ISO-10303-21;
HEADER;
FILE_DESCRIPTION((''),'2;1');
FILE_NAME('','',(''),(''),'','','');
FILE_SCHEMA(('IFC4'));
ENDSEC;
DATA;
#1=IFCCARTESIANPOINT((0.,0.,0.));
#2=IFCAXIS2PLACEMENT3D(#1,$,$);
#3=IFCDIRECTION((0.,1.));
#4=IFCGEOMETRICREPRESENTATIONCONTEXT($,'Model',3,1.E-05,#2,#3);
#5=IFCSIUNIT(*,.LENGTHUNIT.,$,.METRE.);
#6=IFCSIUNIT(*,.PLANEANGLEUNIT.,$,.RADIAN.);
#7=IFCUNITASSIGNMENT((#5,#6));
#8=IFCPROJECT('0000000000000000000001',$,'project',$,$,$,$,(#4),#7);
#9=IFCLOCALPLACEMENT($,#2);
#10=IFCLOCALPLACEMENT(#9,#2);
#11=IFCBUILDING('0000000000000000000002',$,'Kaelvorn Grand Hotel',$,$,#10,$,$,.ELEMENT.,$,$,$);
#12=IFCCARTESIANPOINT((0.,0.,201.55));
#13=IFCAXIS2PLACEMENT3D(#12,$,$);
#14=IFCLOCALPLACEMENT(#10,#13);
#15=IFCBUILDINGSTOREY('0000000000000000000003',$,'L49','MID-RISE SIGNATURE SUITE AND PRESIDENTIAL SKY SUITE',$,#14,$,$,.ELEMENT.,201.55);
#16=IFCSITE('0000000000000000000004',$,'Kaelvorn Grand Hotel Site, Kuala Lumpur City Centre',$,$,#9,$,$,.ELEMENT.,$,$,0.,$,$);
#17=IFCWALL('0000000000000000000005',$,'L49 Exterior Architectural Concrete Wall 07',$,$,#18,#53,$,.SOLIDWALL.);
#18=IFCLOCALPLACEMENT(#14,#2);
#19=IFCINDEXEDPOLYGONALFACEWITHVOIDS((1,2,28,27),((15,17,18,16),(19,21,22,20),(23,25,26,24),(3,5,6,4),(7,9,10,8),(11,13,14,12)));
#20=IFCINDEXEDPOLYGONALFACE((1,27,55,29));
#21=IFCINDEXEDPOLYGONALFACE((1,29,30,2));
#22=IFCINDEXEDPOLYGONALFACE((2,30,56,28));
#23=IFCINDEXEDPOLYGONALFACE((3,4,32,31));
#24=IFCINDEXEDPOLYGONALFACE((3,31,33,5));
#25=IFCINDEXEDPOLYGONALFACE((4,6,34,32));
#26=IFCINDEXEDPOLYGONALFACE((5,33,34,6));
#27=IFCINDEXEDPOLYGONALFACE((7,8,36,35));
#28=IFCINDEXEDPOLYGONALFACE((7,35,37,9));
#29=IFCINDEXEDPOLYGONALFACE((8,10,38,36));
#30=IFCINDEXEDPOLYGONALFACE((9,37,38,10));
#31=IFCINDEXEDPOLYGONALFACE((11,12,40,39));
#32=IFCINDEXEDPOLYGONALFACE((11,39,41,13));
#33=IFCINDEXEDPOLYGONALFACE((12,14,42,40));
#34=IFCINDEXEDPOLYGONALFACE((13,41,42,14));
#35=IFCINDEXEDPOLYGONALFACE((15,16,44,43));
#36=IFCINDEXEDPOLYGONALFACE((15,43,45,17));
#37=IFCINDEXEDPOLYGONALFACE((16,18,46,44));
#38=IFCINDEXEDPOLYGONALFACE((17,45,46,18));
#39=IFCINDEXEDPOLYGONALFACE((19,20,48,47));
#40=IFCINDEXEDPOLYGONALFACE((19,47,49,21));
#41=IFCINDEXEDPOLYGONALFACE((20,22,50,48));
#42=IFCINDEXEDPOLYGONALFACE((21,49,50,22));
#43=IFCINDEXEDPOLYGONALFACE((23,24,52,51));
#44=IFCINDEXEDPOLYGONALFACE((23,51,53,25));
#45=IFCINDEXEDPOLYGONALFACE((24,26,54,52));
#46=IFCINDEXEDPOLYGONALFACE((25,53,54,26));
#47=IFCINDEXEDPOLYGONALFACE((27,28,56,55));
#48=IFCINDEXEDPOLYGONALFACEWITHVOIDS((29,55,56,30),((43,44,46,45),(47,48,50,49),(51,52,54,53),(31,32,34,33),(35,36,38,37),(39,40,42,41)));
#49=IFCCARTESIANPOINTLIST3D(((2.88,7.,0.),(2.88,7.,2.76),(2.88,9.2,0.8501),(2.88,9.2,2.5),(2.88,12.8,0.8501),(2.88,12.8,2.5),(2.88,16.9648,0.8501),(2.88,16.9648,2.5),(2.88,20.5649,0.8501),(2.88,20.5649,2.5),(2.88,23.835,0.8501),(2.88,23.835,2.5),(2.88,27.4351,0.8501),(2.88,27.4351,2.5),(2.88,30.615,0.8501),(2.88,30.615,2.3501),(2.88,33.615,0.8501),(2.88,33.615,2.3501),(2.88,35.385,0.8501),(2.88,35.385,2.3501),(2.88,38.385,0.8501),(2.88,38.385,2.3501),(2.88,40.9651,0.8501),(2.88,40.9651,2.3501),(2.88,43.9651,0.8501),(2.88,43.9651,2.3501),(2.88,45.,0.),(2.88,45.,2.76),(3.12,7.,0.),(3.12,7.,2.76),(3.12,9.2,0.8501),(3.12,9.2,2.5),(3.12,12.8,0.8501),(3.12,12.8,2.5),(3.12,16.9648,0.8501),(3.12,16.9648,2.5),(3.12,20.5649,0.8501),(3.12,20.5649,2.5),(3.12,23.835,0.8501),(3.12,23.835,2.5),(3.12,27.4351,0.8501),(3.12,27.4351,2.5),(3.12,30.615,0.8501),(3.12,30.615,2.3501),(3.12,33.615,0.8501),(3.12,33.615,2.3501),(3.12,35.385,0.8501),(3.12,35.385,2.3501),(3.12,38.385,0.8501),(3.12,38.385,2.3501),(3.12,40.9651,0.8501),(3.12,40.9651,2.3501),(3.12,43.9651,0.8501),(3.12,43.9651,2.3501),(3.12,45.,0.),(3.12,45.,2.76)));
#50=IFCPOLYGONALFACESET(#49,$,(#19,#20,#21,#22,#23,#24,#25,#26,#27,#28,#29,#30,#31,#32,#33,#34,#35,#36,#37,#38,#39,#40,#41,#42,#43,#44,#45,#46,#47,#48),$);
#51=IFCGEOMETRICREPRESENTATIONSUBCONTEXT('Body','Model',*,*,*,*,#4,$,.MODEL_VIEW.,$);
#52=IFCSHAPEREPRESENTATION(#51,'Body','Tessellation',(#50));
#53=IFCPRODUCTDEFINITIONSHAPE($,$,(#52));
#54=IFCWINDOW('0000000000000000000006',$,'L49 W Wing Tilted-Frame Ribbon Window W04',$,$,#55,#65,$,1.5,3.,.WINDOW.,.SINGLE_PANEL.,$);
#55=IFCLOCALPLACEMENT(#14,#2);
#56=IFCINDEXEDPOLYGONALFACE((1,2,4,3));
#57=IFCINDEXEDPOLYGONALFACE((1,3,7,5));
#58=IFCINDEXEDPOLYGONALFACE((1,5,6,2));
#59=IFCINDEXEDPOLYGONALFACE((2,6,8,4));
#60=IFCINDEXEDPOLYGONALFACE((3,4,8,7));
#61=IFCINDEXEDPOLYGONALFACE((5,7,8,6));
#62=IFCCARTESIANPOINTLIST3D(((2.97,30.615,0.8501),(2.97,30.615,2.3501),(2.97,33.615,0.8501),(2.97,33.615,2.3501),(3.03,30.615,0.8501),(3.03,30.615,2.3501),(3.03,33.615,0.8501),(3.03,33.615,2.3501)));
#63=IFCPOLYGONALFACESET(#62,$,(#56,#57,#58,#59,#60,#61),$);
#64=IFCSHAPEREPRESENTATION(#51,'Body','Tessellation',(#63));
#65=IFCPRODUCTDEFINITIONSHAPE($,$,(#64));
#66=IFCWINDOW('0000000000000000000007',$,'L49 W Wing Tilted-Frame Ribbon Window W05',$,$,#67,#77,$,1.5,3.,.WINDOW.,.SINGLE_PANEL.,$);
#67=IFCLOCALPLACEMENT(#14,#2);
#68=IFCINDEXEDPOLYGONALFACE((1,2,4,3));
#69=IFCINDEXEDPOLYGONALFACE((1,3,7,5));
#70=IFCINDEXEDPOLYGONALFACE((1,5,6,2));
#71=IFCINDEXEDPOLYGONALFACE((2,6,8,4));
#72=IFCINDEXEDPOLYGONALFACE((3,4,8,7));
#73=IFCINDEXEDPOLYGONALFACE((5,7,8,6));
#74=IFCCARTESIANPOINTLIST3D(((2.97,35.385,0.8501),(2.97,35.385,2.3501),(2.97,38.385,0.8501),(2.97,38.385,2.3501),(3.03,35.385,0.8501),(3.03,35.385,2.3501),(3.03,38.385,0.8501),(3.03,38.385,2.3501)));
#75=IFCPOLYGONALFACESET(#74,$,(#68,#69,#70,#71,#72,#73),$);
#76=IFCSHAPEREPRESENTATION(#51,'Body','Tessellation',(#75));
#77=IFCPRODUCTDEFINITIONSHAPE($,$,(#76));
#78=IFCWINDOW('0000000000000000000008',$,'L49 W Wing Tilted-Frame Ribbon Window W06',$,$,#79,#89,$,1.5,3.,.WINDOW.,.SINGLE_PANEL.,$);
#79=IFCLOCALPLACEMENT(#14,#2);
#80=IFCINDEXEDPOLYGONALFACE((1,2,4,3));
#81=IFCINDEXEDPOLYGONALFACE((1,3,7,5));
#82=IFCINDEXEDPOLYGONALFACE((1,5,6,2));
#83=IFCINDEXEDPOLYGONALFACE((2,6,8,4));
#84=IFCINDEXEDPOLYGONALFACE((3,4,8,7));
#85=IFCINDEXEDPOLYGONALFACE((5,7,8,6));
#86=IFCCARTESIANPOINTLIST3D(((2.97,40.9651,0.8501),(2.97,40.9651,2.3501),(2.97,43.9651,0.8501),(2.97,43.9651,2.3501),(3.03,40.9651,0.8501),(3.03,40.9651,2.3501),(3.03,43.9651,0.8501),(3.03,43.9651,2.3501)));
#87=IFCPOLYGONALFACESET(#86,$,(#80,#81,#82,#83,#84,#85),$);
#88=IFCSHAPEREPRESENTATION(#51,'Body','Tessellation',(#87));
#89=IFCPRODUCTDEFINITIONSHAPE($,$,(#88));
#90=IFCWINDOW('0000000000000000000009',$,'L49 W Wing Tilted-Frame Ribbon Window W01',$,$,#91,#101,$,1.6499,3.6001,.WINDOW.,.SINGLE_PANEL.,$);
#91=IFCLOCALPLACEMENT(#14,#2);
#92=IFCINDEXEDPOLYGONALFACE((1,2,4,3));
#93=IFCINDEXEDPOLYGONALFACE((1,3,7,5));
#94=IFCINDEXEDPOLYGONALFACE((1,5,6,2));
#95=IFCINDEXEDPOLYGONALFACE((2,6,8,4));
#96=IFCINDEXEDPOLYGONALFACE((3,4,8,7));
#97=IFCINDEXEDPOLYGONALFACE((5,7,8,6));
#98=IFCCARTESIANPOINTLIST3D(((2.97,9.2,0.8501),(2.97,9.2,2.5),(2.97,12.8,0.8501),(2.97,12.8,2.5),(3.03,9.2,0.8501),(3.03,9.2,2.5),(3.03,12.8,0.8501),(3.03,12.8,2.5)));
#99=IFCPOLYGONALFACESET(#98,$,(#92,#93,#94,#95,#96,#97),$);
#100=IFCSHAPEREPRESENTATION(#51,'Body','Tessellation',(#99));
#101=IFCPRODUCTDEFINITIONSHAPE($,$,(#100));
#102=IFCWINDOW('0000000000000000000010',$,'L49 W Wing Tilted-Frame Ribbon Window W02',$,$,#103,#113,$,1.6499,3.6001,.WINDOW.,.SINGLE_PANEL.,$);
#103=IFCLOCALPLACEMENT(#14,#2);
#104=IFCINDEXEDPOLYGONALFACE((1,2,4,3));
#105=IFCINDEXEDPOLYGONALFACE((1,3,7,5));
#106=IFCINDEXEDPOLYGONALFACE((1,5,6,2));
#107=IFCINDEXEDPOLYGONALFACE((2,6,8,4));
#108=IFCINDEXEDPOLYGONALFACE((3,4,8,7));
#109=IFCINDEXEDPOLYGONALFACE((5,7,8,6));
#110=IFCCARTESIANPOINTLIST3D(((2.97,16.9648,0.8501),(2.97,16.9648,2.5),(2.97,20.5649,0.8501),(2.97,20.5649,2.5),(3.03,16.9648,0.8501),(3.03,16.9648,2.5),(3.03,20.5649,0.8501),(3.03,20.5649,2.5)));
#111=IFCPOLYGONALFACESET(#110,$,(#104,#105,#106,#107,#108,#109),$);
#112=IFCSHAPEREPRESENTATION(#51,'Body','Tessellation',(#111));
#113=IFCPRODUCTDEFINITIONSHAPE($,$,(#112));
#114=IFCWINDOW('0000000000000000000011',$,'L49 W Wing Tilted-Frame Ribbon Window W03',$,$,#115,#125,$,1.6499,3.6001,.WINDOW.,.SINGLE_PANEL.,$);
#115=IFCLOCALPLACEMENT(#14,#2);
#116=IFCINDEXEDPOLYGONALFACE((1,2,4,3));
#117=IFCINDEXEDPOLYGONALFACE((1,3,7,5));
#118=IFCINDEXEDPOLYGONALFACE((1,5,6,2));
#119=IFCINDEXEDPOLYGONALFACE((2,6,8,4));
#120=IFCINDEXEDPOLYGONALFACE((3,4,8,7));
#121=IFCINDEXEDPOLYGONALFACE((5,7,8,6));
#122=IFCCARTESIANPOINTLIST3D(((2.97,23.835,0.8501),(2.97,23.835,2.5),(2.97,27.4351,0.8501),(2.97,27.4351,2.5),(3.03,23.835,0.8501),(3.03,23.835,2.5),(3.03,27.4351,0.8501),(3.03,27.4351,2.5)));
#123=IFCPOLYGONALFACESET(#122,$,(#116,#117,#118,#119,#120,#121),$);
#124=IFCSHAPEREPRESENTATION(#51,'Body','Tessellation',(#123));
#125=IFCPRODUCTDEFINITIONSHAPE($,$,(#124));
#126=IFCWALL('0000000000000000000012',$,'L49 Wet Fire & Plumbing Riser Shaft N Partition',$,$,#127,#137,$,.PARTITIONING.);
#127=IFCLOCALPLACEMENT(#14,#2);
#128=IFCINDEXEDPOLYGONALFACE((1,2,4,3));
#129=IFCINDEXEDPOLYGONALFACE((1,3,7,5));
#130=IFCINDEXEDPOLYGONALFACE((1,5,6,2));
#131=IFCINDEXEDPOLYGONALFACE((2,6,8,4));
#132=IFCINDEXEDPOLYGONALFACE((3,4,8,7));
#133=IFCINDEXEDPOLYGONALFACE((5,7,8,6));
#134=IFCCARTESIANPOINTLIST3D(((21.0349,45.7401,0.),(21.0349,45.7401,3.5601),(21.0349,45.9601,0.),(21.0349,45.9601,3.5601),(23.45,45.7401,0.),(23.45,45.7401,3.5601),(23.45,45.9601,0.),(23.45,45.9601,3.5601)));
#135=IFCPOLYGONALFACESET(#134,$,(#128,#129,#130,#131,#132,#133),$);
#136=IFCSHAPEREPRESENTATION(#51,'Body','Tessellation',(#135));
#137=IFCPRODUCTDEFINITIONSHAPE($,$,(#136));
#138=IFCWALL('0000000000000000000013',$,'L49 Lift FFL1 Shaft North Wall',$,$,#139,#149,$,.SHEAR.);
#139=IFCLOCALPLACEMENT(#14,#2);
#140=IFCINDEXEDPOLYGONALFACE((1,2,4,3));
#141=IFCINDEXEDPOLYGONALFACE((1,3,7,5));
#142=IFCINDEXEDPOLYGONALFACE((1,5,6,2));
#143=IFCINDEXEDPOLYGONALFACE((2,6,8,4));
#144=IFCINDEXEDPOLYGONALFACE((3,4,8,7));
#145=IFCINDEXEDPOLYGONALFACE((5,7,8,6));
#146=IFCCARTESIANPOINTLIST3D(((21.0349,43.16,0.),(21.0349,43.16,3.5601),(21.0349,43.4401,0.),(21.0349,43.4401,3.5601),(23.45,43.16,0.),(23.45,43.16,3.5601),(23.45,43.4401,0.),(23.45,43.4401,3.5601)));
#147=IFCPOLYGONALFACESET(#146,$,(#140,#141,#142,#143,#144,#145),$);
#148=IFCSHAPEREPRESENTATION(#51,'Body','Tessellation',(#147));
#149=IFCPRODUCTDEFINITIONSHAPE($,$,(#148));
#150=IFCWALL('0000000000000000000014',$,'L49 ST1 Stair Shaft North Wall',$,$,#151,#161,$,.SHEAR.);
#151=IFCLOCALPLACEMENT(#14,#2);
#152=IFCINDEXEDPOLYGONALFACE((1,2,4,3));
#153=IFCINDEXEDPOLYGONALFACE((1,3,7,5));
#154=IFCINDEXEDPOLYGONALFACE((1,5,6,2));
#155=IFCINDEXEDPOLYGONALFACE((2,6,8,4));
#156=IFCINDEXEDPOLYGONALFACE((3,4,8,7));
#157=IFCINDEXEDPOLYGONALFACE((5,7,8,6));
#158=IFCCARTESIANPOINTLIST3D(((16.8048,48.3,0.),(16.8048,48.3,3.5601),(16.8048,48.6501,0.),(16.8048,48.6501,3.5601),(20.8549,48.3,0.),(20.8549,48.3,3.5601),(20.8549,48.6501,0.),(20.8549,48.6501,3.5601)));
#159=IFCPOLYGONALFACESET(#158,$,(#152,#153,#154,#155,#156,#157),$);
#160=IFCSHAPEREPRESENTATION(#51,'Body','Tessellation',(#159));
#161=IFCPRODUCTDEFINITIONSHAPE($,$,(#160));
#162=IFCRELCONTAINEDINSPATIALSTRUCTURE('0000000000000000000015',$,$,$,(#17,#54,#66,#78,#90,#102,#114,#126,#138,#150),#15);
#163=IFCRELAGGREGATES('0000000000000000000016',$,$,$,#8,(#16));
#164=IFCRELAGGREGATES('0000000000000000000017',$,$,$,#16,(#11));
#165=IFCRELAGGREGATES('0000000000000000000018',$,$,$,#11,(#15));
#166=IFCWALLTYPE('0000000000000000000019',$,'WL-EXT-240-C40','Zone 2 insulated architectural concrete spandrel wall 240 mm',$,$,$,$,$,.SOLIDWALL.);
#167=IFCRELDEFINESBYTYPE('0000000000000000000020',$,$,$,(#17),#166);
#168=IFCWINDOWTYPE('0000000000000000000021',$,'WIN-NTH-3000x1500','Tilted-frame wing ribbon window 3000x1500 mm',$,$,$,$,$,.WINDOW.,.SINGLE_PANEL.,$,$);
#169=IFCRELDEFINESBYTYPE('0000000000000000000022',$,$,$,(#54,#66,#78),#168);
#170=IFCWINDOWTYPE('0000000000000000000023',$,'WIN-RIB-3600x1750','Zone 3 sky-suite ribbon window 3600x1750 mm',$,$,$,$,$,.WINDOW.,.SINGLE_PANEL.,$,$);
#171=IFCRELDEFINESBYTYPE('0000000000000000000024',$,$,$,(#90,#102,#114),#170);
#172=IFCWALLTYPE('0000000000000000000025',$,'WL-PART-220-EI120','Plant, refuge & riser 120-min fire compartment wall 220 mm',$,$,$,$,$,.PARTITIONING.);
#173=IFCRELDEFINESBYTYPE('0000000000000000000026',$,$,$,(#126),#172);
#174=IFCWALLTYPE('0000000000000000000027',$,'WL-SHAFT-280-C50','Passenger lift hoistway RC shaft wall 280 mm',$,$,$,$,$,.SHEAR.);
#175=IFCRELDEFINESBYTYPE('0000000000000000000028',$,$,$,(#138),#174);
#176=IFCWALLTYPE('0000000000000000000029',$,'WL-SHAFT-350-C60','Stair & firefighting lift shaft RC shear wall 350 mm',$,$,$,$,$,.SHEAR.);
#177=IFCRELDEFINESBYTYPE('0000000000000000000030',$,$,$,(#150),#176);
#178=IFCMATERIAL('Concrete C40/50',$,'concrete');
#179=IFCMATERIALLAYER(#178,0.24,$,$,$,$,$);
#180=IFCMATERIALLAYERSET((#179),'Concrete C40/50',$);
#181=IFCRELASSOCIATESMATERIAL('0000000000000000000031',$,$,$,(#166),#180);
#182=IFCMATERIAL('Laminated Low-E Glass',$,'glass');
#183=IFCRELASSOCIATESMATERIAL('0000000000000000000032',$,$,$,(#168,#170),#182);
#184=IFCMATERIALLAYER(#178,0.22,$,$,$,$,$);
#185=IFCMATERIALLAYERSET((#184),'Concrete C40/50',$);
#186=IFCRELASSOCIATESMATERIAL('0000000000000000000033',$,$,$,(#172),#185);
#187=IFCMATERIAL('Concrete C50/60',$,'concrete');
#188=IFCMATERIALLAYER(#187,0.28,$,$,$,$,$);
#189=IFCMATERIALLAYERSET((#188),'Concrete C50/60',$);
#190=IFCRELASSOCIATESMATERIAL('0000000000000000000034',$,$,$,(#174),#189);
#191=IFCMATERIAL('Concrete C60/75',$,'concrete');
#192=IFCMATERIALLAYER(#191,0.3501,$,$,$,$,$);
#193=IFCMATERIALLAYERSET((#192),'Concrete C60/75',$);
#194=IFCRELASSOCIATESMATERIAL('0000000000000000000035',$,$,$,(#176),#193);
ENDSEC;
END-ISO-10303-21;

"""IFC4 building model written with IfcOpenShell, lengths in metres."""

from ifc_helpers import new_model, si_unit, direction, frame, frame_2d, origin, place, context, subcontext, project, spatial, rectangle, extrude, material, layer, layer_set, type_object, element, fill, save


model = new_model("IFC4")

# Units and contexts
model_context = context("Model", 3, precision=1e-05, world=origin(), true_north=direction((0.0, 1.0)))
body_context = subcontext(model_context, "Body", "Model", "MODEL_VIEW")
ifc_project = project(units=[si_unit("LENGTHUNIT", "METRE"), si_unit("PLANEANGLEUNIT", "RADIAN")], contexts=[model_context])

# Site, building, storey
site_placement = place(None, origin())
site = spatial("IfcSite", under=ifc_project, at=site_placement, Name="Kaelvorn Grand Hotel Site, Kuala Lumpur City Centre", CompositionType="ELEMENT", RefElevation=0.0)
building_placement = place(site_placement, origin())
building = spatial("IfcBuilding", under=site, at=building_placement, Name="Kaelvorn Grand Hotel", CompositionType="ELEMENT")
storey_placement = place(building_placement, frame((0.0, 0.0, 201.55)))
storey = spatial("IfcBuildingStorey", under=building, at=storey_placement, Name="L49", Description="MID-RISE SIGNATURE SUITE AND PRESIDENTIAL SKY SUITE", CompositionType="ELEMENT", Elevation=201.55)

# Shared definitions
ifc_material_1 = material(Name="Concrete C60/75", Category="concrete")

# Shared definitions
ifc_material_2 = material(Name="Concrete C50/60", Category="concrete")

# Shared definitions
ifc_material_3 = material(Name="Concrete C40/50", Category="concrete")
ifc_layer_1 = layer(ifc_material_3, 0.24)
ifc_layer_set_1 = layer_set([ifc_layer_1], Name="Concrete C40/50")
wall_type_1 = type_object("IfcWallType", Name="WL-EXT-240-C40", Description="Zone 2 insulated architectural concrete spandrel wall 240 mm", PredefinedType="SOLIDWALL", material=ifc_layer_set_1)
ifc_material_4 = material(Name="Laminated Low-E Glass", Category="glass")

# Wall, openings, windows
wall_1_placement = place(storey_placement, frame((3.0, 45.0, 0.0), z_axis=(0.0, 0.0, 1.0), x_axis=(0.0, -1.0, 0.0)))
wall_1 = element("IfcWall", 1, at=wall_1_placement, inside=storey, type_object=wall_type_1, Name="L49 Exterior Architectural Concrete Wall 07", PredefinedType="SOLIDWALL", context=body_context, shape_type="SweptSolid", body=[
    extrude(rectangle(XDim=38.0, YDim=0.24, at=frame_2d((19.0, 0.0))), origin(), (0.0, 0.0, 1.0), 2.76),
])
opening_1_placement = place(wall_1_placement, frame((32.2, 0.0, 0.8501)))
opening_1 = element("IfcOpeningElement", 2, at=opening_1_placement, cuts=wall_1, PredefinedType="OPENING", context=body_context, shape_type="SweptSolid", body=[
    extrude(rectangle(XDim=3.6001, YDim=1.6499, at=frame_2d((1.8, 0.825))), frame((0.0, 0.1299, 0.0), z_axis=(0.0, -1.0, 0.0), x_axis=(1.0, 0.0, 0.0)), (0.0, 0.0, 1.0), 0.26),
])
opening_2_placement = place(wall_1_placement, frame((24.4351, 0.0, 0.8501)))
opening_2 = element("IfcOpeningElement", 3, at=opening_2_placement, cuts=wall_1, PredefinedType="OPENING", context=body_context, shape_type="SweptSolid", body=[
    extrude(rectangle(XDim=3.6001, YDim=1.6499, at=frame_2d((1.8, 0.825))), frame((0.0, 0.1299, 0.0), z_axis=(0.0, -1.0, 0.0), x_axis=(1.0, 0.0, 0.0)), (0.0, 0.0, 1.0), 0.26),
])
opening_3_placement = place(wall_1_placement, frame((17.5649, 0.0, 0.8501)))
opening_3 = element("IfcOpeningElement", 4, at=opening_3_placement, cuts=wall_1, PredefinedType="OPENING", context=body_context, shape_type="SweptSolid", body=[
    extrude(rectangle(XDim=3.6001, YDim=1.6499, at=frame_2d((1.8, 0.825))), frame((0.0, 0.1299, 0.0), z_axis=(0.0, -1.0, 0.0), x_axis=(1.0, 0.0, 0.0)), (0.0, 0.0, 1.0), 0.26),
])
opening_4_placement = place(wall_1_placement, frame((11.385, 0.0, 0.8501)))
opening_4 = element("IfcOpeningElement", 5, at=opening_4_placement, cuts=wall_1, PredefinedType="OPENING", context=body_context, shape_type="SweptSolid", body=[
    extrude(rectangle(XDim=3.0, YDim=1.5, at=frame_2d((1.5, 0.75))), frame((0.0, 0.1299, 0.0), z_axis=(0.0, -1.0, 0.0), x_axis=(1.0, 0.0, 0.0)), (0.0, 0.0, 1.0), 0.26),
])
opening_5_placement = place(wall_1_placement, frame((6.615, 0.0, 0.8501)))
opening_5 = element("IfcOpeningElement", 6, at=opening_5_placement, cuts=wall_1, PredefinedType="OPENING", context=body_context, shape_type="SweptSolid", body=[
    extrude(rectangle(XDim=3.0, YDim=1.5, at=frame_2d((1.5, 0.75))), frame((0.0, 0.1299, 0.0), z_axis=(0.0, -1.0, 0.0), x_axis=(1.0, 0.0, 0.0)), (0.0, 0.0, 1.0), 0.26),
])
opening_6_placement = place(wall_1_placement, frame((1.0349, 0.0, 0.8501)))
opening_6 = element("IfcOpeningElement", 7, at=opening_6_placement, cuts=wall_1, PredefinedType="OPENING", context=body_context, shape_type="SweptSolid", body=[
    extrude(rectangle(XDim=3.0, YDim=1.5, at=frame_2d((1.5, 0.75))), frame((0.0, 0.1299, 0.0), z_axis=(0.0, -1.0, 0.0), x_axis=(1.0, 0.0, 0.0)), (0.0, 0.0, 1.0), 0.26),
])
window_type_1 = type_object("IfcWindowType", Name="WIN-NTH-3000x1500", Description="Tilted-frame wing ribbon window 3000x1500 mm", PartitioningType="SINGLE_PANEL", PredefinedType="WINDOW", material=ifc_material_4)
window_1_placement = place(opening_4_placement, origin())
window_1 = element("IfcWindow", 8, at=window_1_placement, inside=storey, type_object=window_type_1, Name="L49 W Wing Tilted-Frame Ribbon Window W04", OverallHeight=1.5, OverallWidth=3.0, PartitioningType="SINGLE_PANEL", PredefinedType="WINDOW", context=body_context, shape_type="SweptSolid", body=[
    extrude(rectangle(XDim=3.0, YDim=1.5, at=frame_2d((1.5, 0.75))), frame((0.0, 0.03, 0.0), z_axis=(0.0, -1.0, 0.0), x_axis=(1.0, 0.0, 0.0)), (0.0, 0.0, 1.0), 0.0601),
])
fill(opening_4, window_1)
window_2_placement = place(opening_5_placement, origin())
window_2 = element("IfcWindow", 9, at=window_2_placement, inside=storey, type_object=window_type_1, Name="L49 W Wing Tilted-Frame Ribbon Window W05", OverallHeight=1.5, OverallWidth=3.0, PartitioningType="SINGLE_PANEL", PredefinedType="WINDOW", context=body_context, shape_type="SweptSolid", body=[
    extrude(rectangle(XDim=3.0, YDim=1.5, at=frame_2d((1.5, 0.75))), frame((0.0, 0.03, 0.0), z_axis=(0.0, -1.0, 0.0), x_axis=(1.0, 0.0, 0.0)), (0.0, 0.0, 1.0), 0.0601),
])
fill(opening_5, window_2)
window_3_placement = place(opening_6_placement, origin())
window_3 = element("IfcWindow", 10, at=window_3_placement, inside=storey, type_object=window_type_1, Name="L49 W Wing Tilted-Frame Ribbon Window W06", OverallHeight=1.5, OverallWidth=3.0, PartitioningType="SINGLE_PANEL", PredefinedType="WINDOW", context=body_context, shape_type="SweptSolid", body=[
    extrude(rectangle(XDim=3.0, YDim=1.5, at=frame_2d((1.5, 0.75))), frame((0.0, 0.03, 0.0), z_axis=(0.0, -1.0, 0.0), x_axis=(1.0, 0.0, 0.0)), (0.0, 0.0, 1.0), 0.0601),
])
fill(opening_6, window_3)
window_type_2 = type_object("IfcWindowType", Name="WIN-RIB-3600x1750", Description="Zone 3 sky-suite ribbon window 3600x1750 mm", PartitioningType="SINGLE_PANEL", PredefinedType="WINDOW", material=ifc_material_4)
window_4_placement = place(opening_1_placement, origin())
window_4 = element("IfcWindow", 11, at=window_4_placement, inside=storey, type_object=window_type_2, Name="L49 W Wing Tilted-Frame Ribbon Window W01", OverallHeight=1.6499, OverallWidth=3.6001, PartitioningType="SINGLE_PANEL", PredefinedType="WINDOW", context=body_context, shape_type="SweptSolid", body=[
    extrude(rectangle(XDim=3.6001, YDim=1.6499, at=frame_2d((1.8, 0.825))), frame((0.0, 0.03, 0.0), z_axis=(0.0, -1.0, 0.0), x_axis=(1.0, 0.0, 0.0)), (0.0, 0.0, 1.0), 0.0601),
])
fill(opening_1, window_4)
window_5_placement = place(opening_2_placement, origin())
window_5 = element("IfcWindow", 12, at=window_5_placement, inside=storey, type_object=window_type_2, Name="L49 W Wing Tilted-Frame Ribbon Window W02", OverallHeight=1.6499, OverallWidth=3.6001, PartitioningType="SINGLE_PANEL", PredefinedType="WINDOW", context=body_context, shape_type="SweptSolid", body=[
    extrude(rectangle(XDim=3.6001, YDim=1.6499, at=frame_2d((1.8, 0.825))), frame((0.0, 0.03, 0.0), z_axis=(0.0, -1.0, 0.0), x_axis=(1.0, 0.0, 0.0)), (0.0, 0.0, 1.0), 0.0601),
])
fill(opening_2, window_5)
window_6_placement = place(opening_3_placement, origin())
window_6 = element("IfcWindow", 13, at=window_6_placement, inside=storey, type_object=window_type_2, Name="L49 W Wing Tilted-Frame Ribbon Window W03", OverallHeight=1.6499, OverallWidth=3.6001, PartitioningType="SINGLE_PANEL", PredefinedType="WINDOW", context=body_context, shape_type="SweptSolid", body=[
    extrude(rectangle(XDim=3.6001, YDim=1.6499, at=frame_2d((1.8, 0.825))), frame((0.0, 0.03, 0.0), z_axis=(0.0, -1.0, 0.0), x_axis=(1.0, 0.0, 0.0)), (0.0, 0.0, 1.0), 0.0601),
])
fill(opening_3, window_6)

# Walls
ifc_layer_2 = layer(ifc_material_3, 0.22)
ifc_layer_set_2 = layer_set([ifc_layer_2], Name="Concrete C40/50")
wall_type_2 = type_object("IfcWallType", Name="WL-PART-220-EI120", Description="Plant, refuge & riser 120-min fire compartment wall 220 mm", PredefinedType="PARTITIONING", material=ifc_layer_set_2)
wall_2_placement = place(storey_placement, frame((21.0349, 45.8501, 0.0), z_axis=(0.0, 0.0, 1.0), x_axis=(1.0, 0.0, 0.0)))
element("IfcWall", 14, at=wall_2_placement, inside=storey, type_object=wall_type_2, Name="L49 Wet Fire & Plumbing Riser Shaft N Partition", PredefinedType="PARTITIONING", context=body_context, shape_type="SweptSolid", body=[
    extrude(rectangle(XDim=2.415, YDim=0.22, at=frame_2d((1.2075, 0.0))), origin(), (0.0, 0.0, 1.0), 3.5601),
])
ifc_layer_3 = layer(ifc_material_2, 0.28)
ifc_layer_set_3 = layer_set([ifc_layer_3], Name="Concrete C50/60")
wall_type_3 = type_object("IfcWallType", Name="WL-SHAFT-280-C50", Description="Passenger lift hoistway RC shaft wall 280 mm", PredefinedType="SHEAR", material=ifc_layer_set_3)
wall_3_placement = place(storey_placement, frame((21.0349, 43.3, 0.0), z_axis=(0.0, 0.0, 1.0), x_axis=(1.0, 0.0, 0.0)))
element("IfcWall", 15, at=wall_3_placement, inside=storey, type_object=wall_type_3, Name="L49 Lift FFL1 Shaft North Wall", PredefinedType="SHEAR", context=body_context, shape_type="SweptSolid", body=[
    extrude(rectangle(XDim=2.415, YDim=0.28, at=frame_2d((1.2075, 0.0))), origin(), (0.0, 0.0, 1.0), 3.5601),
])
ifc_layer_4 = layer(ifc_material_1, 0.3501)
ifc_layer_set_4 = layer_set([ifc_layer_4], Name="Concrete C60/75")
wall_type_4 = type_object("IfcWallType", Name="WL-SHAFT-350-C60", Description="Stair & firefighting lift shaft RC shear wall 350 mm", PredefinedType="SHEAR", material=ifc_layer_set_4)
wall_4_placement = place(storey_placement, frame((16.8049, 48.4751, 0.0), z_axis=(0.0, 0.0, 1.0), x_axis=(1.0, 0.0, 0.0)))
element("IfcWall", 16, at=wall_4_placement, inside=storey, type_object=wall_type_4, Name="L49 ST1 Stair Shaft North Wall", PredefinedType="SHEAR", context=body_context, shape_type="SweptSolid", body=[
    extrude(rectangle(XDim=4.05, YDim=0.3501, at=frame_2d((2.0249, 0.0))), origin(), (0.0, 0.0, 1.0), 3.5601),
])

save(model, "model.ifc")
